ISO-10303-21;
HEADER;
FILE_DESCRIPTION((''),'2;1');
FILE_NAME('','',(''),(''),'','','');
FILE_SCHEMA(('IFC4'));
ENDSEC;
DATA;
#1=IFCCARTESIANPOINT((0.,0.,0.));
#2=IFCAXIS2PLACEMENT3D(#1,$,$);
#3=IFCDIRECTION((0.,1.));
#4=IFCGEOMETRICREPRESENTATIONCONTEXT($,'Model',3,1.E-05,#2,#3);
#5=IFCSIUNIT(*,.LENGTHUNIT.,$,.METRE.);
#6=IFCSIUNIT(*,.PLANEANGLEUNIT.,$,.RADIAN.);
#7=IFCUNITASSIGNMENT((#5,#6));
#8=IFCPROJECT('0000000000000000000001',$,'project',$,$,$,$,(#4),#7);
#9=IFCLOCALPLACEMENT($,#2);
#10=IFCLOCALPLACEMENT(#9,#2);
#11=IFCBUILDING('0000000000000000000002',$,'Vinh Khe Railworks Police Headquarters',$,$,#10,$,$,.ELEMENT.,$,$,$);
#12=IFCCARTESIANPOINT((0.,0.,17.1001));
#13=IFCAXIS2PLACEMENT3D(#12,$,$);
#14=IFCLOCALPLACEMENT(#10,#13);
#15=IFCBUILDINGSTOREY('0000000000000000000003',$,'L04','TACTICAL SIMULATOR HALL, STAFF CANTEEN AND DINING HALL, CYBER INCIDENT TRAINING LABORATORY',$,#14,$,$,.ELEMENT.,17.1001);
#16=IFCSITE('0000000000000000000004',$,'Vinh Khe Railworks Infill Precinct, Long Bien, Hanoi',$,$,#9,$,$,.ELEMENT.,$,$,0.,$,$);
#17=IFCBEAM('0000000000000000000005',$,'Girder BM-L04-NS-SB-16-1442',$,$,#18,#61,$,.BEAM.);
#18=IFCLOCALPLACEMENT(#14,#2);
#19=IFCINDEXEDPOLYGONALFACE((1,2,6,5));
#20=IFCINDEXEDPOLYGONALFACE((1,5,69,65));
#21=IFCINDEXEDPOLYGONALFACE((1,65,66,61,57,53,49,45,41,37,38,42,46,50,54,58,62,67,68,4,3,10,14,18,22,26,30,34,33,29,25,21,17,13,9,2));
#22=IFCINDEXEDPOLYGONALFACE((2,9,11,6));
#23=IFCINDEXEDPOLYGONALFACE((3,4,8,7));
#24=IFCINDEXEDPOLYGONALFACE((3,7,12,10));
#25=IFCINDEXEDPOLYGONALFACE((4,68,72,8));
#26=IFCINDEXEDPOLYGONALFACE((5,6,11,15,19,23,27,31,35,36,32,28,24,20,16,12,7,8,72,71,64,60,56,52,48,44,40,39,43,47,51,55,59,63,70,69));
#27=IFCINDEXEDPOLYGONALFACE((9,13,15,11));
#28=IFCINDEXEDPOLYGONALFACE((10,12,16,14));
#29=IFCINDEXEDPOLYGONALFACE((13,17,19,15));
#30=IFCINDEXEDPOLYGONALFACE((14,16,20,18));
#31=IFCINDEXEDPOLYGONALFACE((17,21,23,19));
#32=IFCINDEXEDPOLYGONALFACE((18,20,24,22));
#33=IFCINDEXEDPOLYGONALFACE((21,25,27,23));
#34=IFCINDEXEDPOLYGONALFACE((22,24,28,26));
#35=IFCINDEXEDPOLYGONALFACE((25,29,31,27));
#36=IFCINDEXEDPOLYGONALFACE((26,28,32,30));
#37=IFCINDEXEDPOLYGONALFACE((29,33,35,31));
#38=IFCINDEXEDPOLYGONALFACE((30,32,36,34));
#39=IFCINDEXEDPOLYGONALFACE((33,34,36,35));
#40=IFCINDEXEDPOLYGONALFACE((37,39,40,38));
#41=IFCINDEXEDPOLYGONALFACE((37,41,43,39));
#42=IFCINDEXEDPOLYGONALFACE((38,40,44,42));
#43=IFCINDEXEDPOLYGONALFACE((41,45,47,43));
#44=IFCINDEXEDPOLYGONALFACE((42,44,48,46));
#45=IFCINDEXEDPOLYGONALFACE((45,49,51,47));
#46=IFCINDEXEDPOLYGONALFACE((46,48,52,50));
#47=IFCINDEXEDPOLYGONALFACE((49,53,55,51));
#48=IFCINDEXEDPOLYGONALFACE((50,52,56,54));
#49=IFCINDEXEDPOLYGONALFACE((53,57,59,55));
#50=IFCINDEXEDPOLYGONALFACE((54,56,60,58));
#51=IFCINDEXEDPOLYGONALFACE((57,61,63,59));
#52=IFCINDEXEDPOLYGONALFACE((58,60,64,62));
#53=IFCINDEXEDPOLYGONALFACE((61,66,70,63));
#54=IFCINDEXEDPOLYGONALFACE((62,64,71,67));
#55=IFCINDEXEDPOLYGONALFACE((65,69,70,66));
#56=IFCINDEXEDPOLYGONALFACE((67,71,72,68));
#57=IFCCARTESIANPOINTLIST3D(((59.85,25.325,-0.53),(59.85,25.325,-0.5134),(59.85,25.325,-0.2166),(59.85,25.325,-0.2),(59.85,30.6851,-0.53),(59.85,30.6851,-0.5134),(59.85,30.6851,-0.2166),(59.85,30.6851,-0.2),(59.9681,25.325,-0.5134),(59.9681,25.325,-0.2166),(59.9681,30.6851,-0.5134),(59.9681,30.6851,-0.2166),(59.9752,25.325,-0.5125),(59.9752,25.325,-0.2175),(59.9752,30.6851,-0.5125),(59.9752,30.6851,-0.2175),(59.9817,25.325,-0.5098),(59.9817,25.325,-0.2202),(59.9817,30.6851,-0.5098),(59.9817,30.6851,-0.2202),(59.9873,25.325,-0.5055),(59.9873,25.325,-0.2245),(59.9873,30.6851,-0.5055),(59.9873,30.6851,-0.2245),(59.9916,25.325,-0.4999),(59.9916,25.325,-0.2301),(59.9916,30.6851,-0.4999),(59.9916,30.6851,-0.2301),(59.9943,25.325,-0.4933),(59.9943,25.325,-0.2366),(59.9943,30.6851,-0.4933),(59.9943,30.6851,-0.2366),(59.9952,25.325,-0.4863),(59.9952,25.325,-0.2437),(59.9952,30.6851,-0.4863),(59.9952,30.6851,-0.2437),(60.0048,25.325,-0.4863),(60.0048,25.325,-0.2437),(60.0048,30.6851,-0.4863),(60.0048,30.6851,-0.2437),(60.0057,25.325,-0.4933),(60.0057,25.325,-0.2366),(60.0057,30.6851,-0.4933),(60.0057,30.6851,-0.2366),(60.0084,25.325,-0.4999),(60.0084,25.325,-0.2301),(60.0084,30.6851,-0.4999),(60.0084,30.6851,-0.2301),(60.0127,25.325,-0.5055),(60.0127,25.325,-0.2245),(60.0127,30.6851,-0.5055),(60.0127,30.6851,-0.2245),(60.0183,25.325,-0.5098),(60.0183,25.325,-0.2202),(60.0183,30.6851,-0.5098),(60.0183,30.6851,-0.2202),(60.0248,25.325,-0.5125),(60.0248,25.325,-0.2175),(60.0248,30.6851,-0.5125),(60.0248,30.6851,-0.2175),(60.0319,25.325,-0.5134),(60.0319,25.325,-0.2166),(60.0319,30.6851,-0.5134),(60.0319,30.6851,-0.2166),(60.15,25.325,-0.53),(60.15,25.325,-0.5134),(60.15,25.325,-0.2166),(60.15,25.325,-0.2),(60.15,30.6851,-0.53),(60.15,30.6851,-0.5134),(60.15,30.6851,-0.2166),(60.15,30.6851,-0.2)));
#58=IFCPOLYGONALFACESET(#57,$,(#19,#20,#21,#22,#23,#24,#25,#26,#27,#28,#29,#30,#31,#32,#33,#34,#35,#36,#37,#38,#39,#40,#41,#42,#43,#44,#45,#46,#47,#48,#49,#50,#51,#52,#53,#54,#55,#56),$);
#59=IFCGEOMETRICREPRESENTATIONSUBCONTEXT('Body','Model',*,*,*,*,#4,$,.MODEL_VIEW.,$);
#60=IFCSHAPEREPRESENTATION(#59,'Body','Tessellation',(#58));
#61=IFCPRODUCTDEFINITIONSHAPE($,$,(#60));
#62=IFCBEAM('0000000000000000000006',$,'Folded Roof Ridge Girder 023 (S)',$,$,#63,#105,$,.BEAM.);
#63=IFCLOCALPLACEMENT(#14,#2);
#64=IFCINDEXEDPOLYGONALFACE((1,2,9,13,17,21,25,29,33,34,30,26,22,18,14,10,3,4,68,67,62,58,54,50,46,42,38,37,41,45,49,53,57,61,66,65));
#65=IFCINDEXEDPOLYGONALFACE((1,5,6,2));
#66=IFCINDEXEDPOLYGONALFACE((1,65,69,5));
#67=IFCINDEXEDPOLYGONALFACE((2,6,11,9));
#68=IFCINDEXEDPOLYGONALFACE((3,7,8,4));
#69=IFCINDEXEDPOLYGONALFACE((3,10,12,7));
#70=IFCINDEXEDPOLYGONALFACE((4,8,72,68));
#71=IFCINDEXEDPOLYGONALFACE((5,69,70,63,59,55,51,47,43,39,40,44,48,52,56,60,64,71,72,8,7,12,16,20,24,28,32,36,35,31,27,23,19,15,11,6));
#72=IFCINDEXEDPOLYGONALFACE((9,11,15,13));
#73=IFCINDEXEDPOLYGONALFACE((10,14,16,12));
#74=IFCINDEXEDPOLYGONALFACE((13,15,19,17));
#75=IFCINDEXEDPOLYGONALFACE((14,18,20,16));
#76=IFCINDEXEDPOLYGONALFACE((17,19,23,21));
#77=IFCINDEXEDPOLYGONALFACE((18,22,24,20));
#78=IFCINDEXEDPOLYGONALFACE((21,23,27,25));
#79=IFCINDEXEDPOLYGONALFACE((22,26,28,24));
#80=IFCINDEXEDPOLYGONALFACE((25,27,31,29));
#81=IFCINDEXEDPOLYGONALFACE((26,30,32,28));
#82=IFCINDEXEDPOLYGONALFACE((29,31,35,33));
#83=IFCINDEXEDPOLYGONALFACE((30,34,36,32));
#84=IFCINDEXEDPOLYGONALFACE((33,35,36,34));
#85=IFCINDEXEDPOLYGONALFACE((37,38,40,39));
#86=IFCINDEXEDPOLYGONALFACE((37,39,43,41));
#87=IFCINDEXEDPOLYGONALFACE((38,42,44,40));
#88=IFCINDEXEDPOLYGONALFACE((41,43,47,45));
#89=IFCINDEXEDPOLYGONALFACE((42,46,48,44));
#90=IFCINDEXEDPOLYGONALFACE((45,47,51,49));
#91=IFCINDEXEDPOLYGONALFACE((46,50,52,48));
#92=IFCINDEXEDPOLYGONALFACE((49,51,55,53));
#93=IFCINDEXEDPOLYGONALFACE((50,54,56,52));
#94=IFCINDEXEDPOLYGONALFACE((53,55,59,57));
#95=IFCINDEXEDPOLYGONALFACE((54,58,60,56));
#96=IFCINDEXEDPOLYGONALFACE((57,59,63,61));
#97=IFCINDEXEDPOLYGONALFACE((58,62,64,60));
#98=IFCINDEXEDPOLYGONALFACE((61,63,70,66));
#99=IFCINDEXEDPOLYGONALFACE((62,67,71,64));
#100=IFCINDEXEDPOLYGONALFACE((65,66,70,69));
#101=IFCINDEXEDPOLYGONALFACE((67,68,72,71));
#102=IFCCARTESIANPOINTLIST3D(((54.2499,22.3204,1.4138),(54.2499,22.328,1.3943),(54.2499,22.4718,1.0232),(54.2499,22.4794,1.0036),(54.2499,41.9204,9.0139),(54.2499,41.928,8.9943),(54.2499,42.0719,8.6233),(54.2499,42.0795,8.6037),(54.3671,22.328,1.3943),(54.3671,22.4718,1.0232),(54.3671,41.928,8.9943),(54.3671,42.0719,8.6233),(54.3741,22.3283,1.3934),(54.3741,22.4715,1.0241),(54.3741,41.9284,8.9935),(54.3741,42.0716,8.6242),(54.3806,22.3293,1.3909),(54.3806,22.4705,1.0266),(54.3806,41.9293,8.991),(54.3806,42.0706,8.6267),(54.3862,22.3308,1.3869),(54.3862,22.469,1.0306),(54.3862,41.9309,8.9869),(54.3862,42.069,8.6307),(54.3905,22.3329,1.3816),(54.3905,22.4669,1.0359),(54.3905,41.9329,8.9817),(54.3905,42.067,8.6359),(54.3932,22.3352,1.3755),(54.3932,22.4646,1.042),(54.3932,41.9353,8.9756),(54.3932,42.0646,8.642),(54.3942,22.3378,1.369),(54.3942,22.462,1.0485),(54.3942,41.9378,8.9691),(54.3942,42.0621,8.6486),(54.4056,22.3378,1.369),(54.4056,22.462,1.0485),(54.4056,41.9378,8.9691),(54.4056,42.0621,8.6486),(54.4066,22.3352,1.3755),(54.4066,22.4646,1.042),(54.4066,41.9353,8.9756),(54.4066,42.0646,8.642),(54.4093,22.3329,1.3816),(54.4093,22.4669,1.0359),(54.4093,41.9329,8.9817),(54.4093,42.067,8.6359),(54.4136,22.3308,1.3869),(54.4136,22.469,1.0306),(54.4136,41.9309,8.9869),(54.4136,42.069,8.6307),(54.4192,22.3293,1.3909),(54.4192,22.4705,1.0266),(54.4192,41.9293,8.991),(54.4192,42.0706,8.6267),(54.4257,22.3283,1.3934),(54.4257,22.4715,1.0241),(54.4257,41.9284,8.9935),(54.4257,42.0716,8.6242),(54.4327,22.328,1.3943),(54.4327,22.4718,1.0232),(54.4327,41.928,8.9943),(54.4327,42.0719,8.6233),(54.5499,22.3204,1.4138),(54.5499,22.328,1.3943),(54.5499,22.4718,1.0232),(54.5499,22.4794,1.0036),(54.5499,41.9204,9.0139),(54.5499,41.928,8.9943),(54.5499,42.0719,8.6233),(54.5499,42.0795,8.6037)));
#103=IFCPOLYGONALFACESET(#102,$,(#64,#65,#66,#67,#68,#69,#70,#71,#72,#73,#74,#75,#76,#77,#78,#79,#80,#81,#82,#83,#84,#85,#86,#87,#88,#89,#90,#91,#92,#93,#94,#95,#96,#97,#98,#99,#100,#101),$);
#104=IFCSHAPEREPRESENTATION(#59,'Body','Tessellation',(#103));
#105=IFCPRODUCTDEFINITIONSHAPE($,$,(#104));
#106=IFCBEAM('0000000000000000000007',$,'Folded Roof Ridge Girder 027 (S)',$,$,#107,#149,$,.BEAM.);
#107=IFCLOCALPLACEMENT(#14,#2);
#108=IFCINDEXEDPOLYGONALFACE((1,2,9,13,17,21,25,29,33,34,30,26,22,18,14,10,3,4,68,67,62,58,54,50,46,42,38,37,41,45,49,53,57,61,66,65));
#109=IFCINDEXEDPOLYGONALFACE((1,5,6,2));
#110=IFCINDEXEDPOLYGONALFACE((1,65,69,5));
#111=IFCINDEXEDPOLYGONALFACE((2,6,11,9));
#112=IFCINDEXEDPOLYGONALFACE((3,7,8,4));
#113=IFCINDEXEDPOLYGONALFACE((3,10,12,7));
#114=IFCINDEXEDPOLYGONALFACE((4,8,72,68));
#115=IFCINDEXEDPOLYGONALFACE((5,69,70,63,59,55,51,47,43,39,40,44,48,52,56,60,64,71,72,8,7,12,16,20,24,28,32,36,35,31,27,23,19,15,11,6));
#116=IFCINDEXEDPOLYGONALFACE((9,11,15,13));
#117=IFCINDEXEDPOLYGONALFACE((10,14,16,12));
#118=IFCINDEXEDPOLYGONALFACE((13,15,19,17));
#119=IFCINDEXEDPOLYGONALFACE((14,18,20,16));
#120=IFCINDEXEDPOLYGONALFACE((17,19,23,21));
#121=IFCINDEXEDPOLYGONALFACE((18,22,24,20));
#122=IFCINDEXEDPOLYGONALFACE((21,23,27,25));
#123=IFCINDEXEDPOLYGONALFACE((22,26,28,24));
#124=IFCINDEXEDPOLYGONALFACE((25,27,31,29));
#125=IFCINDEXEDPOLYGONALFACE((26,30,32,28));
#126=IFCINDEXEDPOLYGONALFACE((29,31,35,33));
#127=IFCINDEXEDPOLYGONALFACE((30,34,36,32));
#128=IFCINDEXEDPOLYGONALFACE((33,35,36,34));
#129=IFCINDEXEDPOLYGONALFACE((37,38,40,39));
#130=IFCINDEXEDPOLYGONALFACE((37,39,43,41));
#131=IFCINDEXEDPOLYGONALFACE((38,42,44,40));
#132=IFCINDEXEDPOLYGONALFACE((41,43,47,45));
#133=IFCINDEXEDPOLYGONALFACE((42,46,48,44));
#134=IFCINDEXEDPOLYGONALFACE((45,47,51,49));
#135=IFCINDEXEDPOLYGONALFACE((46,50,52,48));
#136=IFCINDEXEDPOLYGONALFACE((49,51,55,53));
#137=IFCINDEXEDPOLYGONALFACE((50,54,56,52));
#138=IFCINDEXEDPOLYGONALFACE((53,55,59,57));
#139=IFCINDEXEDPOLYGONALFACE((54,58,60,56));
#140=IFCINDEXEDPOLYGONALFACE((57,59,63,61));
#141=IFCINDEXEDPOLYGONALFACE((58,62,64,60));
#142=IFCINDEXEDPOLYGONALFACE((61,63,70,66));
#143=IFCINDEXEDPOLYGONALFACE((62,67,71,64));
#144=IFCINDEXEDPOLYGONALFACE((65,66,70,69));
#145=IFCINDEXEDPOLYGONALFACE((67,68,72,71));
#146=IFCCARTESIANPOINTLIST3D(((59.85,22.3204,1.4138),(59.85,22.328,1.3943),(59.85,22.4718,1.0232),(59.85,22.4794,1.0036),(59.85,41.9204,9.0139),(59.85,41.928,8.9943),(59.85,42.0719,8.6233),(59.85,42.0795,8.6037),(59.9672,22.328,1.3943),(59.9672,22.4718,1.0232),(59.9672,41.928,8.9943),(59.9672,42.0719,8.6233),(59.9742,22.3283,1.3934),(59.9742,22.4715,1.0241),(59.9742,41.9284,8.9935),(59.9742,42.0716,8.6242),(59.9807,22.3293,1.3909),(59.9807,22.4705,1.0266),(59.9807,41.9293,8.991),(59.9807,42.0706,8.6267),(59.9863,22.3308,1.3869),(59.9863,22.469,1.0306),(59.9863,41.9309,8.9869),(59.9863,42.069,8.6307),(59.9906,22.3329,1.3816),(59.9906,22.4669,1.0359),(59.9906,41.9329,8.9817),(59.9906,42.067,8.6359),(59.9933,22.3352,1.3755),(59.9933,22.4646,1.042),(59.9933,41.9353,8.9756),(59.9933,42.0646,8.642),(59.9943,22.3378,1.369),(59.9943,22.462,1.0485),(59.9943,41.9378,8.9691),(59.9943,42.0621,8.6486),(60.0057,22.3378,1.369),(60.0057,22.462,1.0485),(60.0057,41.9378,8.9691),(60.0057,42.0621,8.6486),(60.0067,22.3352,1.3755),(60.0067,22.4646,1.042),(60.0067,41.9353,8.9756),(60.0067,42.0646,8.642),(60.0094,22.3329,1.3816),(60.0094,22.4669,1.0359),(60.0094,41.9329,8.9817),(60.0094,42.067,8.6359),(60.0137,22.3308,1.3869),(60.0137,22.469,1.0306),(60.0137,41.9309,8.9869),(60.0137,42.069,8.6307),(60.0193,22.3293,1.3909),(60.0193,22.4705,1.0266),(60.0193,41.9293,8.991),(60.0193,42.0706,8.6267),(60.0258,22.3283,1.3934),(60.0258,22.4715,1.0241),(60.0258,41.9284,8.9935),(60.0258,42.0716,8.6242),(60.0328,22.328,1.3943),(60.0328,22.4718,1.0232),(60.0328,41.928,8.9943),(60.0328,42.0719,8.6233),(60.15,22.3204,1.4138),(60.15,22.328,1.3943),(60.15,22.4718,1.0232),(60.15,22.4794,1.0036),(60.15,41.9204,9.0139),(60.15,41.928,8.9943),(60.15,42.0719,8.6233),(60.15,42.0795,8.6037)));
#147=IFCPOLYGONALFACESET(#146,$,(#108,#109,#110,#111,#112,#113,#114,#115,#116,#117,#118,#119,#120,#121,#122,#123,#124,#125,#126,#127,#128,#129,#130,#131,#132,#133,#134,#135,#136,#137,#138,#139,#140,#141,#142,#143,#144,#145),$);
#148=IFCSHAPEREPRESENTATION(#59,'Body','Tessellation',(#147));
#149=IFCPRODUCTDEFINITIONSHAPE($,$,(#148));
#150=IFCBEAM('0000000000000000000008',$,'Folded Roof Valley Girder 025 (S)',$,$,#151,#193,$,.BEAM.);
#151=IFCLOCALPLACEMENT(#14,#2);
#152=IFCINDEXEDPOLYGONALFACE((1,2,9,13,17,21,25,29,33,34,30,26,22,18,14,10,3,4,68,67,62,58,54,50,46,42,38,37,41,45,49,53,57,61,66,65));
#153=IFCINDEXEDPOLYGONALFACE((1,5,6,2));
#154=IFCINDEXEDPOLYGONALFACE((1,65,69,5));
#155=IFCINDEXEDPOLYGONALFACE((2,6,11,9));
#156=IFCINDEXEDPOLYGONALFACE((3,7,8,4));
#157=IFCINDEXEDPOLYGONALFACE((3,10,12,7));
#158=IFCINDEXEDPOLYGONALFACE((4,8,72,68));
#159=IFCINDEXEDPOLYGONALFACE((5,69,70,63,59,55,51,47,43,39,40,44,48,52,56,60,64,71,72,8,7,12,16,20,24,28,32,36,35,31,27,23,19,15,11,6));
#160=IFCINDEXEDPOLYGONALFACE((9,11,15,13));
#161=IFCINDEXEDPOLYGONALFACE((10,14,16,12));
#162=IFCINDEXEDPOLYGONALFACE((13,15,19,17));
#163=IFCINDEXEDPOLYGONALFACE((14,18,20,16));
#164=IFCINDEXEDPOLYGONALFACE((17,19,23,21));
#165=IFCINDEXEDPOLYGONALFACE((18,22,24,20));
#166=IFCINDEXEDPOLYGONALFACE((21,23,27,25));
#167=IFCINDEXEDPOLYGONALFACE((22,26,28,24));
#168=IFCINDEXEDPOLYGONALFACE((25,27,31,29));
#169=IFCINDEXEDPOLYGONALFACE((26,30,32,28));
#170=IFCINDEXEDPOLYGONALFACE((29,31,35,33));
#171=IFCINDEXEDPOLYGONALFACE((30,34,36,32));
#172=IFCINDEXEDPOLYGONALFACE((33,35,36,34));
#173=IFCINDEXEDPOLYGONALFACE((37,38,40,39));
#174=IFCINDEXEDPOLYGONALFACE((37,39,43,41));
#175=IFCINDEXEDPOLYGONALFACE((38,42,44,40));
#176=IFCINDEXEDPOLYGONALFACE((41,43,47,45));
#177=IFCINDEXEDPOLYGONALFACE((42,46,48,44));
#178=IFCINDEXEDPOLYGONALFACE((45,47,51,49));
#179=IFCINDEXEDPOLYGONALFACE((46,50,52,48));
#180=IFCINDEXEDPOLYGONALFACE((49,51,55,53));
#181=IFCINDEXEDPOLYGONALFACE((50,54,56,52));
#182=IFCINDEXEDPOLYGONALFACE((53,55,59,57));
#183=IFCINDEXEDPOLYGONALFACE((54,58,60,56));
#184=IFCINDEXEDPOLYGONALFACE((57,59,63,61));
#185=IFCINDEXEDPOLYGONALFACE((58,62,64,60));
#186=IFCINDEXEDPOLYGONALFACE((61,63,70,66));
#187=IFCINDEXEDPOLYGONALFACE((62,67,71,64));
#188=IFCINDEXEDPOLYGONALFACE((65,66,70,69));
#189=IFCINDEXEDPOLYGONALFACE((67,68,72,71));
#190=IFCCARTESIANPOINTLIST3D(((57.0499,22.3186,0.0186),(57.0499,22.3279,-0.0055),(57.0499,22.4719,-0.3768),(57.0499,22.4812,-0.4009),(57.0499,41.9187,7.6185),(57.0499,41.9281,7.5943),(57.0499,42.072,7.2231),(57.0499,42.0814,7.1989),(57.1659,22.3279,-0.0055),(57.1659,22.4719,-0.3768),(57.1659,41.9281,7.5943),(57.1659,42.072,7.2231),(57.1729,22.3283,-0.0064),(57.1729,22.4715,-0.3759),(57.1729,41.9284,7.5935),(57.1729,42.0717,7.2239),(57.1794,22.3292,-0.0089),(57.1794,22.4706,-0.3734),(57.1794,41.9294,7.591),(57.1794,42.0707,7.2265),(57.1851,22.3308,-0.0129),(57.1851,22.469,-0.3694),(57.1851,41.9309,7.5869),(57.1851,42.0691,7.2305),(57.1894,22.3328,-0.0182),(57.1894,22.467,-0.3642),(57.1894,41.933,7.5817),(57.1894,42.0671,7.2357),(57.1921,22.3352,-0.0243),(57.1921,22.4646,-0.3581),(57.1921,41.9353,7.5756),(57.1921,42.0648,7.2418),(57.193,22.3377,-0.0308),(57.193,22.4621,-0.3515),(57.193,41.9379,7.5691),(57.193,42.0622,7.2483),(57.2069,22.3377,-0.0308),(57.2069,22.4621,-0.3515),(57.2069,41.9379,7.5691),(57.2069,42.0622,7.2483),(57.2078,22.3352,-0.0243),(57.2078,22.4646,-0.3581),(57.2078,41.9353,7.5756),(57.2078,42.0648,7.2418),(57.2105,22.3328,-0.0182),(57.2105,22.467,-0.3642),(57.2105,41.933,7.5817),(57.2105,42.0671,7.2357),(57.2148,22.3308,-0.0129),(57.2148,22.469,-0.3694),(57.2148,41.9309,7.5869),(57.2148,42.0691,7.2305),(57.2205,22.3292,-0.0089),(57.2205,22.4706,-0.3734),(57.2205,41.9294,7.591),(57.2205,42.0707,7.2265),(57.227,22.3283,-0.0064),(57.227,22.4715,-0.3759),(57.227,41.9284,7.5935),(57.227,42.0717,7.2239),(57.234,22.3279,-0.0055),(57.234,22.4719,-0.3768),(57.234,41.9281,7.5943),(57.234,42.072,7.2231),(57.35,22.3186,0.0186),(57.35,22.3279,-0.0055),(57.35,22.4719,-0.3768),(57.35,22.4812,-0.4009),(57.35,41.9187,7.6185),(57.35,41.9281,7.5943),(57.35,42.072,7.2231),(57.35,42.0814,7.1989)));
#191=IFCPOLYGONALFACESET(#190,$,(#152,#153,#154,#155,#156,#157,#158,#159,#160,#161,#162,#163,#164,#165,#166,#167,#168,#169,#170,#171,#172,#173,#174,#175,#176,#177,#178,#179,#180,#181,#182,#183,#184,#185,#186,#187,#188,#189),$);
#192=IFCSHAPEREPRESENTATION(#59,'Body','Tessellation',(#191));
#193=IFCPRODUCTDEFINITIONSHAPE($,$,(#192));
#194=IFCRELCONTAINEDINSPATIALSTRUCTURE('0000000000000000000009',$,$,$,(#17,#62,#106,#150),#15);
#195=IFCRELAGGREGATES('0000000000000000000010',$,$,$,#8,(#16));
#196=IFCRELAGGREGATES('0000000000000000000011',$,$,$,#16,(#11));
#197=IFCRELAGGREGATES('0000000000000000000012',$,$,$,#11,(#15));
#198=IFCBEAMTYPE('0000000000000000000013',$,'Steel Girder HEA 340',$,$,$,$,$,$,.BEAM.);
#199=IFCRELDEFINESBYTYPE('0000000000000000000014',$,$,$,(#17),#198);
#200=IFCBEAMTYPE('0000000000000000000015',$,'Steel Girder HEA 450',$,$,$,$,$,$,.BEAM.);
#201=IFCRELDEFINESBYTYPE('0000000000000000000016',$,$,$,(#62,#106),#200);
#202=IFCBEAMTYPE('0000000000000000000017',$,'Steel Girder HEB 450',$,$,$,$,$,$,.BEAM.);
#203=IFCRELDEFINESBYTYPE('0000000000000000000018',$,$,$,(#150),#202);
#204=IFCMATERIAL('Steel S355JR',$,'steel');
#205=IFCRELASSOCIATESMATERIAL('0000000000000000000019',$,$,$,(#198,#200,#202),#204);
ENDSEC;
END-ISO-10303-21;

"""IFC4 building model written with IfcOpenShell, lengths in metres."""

from ifc_helpers import new_model, si_unit, direction, frame, origin, origin_2d, place, context, subcontext, project, spatial, i_section, extrude, material, material_profile, profile_set, type_object, element, save


model = new_model("IFC4")

# Units and contexts
model_context = context("Model", 3, precision=1e-05, world=origin(), true_north=direction((0.0, 1.0)))
body_context = subcontext(model_context, "Body", "Model", "MODEL_VIEW")
ifc_project = project(units=[si_unit("LENGTHUNIT", "METRE"), si_unit("PLANEANGLEUNIT", "RADIAN")], contexts=[model_context])

# Site, building, storey
site_placement = place(None, origin())
site = spatial("IfcSite", under=ifc_project, at=site_placement, Name="Vinh Khe Railworks Infill Precinct, Long Bien, Hanoi", CompositionType="ELEMENT", RefElevation=0.0)
building_placement = place(site_placement, origin())
building = spatial("IfcBuilding", under=site, at=building_placement, Name="Vinh Khe Railworks Police Headquarters", CompositionType="ELEMENT")
storey_placement = place(building_placement, frame((0.0, 0.0, 17.1001)))
storey = spatial("IfcBuildingStorey", under=building, at=storey_placement, Name="L04", Description="TACTICAL SIMULATOR HALL, STAFF CANTEEN AND DINING HALL, CYBER INCIDENT TRAINING LABORATORY", CompositionType="ELEMENT", Elevation=17.1001)

# Shared definitions
ifc_material_1 = material(Name="Steel S355JR", Category="steel")

# Beams
ifc_material_profile_1 = material_profile(ifc_material_1, i_section(OverallWidth=0.3, OverallDepth=0.3301, WebThickness=0.0095, FlangeThickness=0.0166, FilletRadius=0.0271, at=origin_2d()), Name="HEA 340")
ifc_profile_set_1 = profile_set([ifc_material_profile_1], Name="Steel S355JR")
beam_type_1 = type_object("IfcBeamType", Name="Steel Girder HEA 340", PredefinedType="BEAM", material=ifc_profile_set_1)
beam_1_placement = place(storey_placement, frame((60.0, 25.325, -0.365), z_axis=(0.0, 1.0, 0.0), x_axis=(-1.0, 0.0, 0.0)))
element("IfcBeam", 1, at=beam_1_placement, inside=storey, type_object=beam_type_1, Name="Girder BM-L04-NS-SB-16-1442", PredefinedType="BEAM", context=body_context, shape_type="SweptSolid", body=[
    extrude(i_section(OverallWidth=0.3, OverallDepth=0.3301, WebThickness=0.0095, FlangeThickness=0.0166, FilletRadius=0.0271, at=origin_2d()), origin(), (0.0, 0.0, 1.0), 5.3601),
])
ifc_material_profile_2 = material_profile(ifc_material_1, i_section(OverallWidth=0.3, OverallDepth=0.4399, WebThickness=0.0115, FlangeThickness=0.021, FilletRadius=0.0271, at=origin_2d()), Name="HEA 450")
ifc_profile_set_2 = profile_set([ifc_material_profile_2], Name="Steel S355JR")
beam_type_2 = type_object("IfcBeamType", Name="Steel Girder HEA 450", PredefinedType="BEAM", material=ifc_profile_set_2)
for number, where, z_axis, x_axis, name in (
    (2, (54.3999, 22.3999, 1.2087), (0.0, 0.93236, 0.36153), (-1.0, 0.0, 0.0), "Folded Roof Ridge Girder 023 (S)"),
    (3, (60.0, 22.3999, 1.2087), (0.0, 0.93236, 0.36153), (-1.0, 0.0, 0.0), "Folded Roof Ridge Girder 027 (S)"),
):
    element("IfcBeam", number, at=place(storey_placement, frame(where, z_axis=z_axis, x_axis=x_axis)), inside=storey, type_object=beam_type_2, Name=name, PredefinedType="BEAM", context=body_context, shape_type="SweptSolid", body=[
        extrude(i_section(OverallWidth=0.3, OverallDepth=0.4399, WebThickness=0.0115, FlangeThickness=0.021, FilletRadius=0.0271, at=origin_2d()), origin(), (0.0, 0.0, 1.0), 21.022),
    ])
ifc_material_profile_3 = material_profile(ifc_material_1, i_section(OverallWidth=0.3, OverallDepth=0.45, WebThickness=0.0139, FlangeThickness=0.0259, FilletRadius=0.0271, at=origin_2d()), Name="HEB 450")
ifc_profile_set_3 = profile_set([ifc_material_profile_3], Name="Steel S355JR")
beam_type_3 = type_object("IfcBeamType", Name="Steel Girder HEB 450", PredefinedType="BEAM", material=ifc_profile_set_3)
for number, where, z_axis, x_axis, name in (
    (4, (57.2, 22.3999, -0.1912), (0.0, 0.932364, 0.36152), (-1.0, 0.0, 0.0), "Folded Roof Valley Girder 025 (S)"),
):
    element("IfcBeam", number, at=place(storey_placement, frame(where, z_axis=z_axis, x_axis=x_axis)), inside=storey, type_object=beam_type_3, Name=name, PredefinedType="BEAM", context=body_context, shape_type="SweptSolid", body=[
        extrude(i_section(OverallWidth=0.3, OverallDepth=0.45, WebThickness=0.0139, FlangeThickness=0.0259, FilletRadius=0.0271, at=origin_2d()), origin(), (0.0, 0.0, 1.0), 21.022),
    ])

save(model, "model.ifc")
